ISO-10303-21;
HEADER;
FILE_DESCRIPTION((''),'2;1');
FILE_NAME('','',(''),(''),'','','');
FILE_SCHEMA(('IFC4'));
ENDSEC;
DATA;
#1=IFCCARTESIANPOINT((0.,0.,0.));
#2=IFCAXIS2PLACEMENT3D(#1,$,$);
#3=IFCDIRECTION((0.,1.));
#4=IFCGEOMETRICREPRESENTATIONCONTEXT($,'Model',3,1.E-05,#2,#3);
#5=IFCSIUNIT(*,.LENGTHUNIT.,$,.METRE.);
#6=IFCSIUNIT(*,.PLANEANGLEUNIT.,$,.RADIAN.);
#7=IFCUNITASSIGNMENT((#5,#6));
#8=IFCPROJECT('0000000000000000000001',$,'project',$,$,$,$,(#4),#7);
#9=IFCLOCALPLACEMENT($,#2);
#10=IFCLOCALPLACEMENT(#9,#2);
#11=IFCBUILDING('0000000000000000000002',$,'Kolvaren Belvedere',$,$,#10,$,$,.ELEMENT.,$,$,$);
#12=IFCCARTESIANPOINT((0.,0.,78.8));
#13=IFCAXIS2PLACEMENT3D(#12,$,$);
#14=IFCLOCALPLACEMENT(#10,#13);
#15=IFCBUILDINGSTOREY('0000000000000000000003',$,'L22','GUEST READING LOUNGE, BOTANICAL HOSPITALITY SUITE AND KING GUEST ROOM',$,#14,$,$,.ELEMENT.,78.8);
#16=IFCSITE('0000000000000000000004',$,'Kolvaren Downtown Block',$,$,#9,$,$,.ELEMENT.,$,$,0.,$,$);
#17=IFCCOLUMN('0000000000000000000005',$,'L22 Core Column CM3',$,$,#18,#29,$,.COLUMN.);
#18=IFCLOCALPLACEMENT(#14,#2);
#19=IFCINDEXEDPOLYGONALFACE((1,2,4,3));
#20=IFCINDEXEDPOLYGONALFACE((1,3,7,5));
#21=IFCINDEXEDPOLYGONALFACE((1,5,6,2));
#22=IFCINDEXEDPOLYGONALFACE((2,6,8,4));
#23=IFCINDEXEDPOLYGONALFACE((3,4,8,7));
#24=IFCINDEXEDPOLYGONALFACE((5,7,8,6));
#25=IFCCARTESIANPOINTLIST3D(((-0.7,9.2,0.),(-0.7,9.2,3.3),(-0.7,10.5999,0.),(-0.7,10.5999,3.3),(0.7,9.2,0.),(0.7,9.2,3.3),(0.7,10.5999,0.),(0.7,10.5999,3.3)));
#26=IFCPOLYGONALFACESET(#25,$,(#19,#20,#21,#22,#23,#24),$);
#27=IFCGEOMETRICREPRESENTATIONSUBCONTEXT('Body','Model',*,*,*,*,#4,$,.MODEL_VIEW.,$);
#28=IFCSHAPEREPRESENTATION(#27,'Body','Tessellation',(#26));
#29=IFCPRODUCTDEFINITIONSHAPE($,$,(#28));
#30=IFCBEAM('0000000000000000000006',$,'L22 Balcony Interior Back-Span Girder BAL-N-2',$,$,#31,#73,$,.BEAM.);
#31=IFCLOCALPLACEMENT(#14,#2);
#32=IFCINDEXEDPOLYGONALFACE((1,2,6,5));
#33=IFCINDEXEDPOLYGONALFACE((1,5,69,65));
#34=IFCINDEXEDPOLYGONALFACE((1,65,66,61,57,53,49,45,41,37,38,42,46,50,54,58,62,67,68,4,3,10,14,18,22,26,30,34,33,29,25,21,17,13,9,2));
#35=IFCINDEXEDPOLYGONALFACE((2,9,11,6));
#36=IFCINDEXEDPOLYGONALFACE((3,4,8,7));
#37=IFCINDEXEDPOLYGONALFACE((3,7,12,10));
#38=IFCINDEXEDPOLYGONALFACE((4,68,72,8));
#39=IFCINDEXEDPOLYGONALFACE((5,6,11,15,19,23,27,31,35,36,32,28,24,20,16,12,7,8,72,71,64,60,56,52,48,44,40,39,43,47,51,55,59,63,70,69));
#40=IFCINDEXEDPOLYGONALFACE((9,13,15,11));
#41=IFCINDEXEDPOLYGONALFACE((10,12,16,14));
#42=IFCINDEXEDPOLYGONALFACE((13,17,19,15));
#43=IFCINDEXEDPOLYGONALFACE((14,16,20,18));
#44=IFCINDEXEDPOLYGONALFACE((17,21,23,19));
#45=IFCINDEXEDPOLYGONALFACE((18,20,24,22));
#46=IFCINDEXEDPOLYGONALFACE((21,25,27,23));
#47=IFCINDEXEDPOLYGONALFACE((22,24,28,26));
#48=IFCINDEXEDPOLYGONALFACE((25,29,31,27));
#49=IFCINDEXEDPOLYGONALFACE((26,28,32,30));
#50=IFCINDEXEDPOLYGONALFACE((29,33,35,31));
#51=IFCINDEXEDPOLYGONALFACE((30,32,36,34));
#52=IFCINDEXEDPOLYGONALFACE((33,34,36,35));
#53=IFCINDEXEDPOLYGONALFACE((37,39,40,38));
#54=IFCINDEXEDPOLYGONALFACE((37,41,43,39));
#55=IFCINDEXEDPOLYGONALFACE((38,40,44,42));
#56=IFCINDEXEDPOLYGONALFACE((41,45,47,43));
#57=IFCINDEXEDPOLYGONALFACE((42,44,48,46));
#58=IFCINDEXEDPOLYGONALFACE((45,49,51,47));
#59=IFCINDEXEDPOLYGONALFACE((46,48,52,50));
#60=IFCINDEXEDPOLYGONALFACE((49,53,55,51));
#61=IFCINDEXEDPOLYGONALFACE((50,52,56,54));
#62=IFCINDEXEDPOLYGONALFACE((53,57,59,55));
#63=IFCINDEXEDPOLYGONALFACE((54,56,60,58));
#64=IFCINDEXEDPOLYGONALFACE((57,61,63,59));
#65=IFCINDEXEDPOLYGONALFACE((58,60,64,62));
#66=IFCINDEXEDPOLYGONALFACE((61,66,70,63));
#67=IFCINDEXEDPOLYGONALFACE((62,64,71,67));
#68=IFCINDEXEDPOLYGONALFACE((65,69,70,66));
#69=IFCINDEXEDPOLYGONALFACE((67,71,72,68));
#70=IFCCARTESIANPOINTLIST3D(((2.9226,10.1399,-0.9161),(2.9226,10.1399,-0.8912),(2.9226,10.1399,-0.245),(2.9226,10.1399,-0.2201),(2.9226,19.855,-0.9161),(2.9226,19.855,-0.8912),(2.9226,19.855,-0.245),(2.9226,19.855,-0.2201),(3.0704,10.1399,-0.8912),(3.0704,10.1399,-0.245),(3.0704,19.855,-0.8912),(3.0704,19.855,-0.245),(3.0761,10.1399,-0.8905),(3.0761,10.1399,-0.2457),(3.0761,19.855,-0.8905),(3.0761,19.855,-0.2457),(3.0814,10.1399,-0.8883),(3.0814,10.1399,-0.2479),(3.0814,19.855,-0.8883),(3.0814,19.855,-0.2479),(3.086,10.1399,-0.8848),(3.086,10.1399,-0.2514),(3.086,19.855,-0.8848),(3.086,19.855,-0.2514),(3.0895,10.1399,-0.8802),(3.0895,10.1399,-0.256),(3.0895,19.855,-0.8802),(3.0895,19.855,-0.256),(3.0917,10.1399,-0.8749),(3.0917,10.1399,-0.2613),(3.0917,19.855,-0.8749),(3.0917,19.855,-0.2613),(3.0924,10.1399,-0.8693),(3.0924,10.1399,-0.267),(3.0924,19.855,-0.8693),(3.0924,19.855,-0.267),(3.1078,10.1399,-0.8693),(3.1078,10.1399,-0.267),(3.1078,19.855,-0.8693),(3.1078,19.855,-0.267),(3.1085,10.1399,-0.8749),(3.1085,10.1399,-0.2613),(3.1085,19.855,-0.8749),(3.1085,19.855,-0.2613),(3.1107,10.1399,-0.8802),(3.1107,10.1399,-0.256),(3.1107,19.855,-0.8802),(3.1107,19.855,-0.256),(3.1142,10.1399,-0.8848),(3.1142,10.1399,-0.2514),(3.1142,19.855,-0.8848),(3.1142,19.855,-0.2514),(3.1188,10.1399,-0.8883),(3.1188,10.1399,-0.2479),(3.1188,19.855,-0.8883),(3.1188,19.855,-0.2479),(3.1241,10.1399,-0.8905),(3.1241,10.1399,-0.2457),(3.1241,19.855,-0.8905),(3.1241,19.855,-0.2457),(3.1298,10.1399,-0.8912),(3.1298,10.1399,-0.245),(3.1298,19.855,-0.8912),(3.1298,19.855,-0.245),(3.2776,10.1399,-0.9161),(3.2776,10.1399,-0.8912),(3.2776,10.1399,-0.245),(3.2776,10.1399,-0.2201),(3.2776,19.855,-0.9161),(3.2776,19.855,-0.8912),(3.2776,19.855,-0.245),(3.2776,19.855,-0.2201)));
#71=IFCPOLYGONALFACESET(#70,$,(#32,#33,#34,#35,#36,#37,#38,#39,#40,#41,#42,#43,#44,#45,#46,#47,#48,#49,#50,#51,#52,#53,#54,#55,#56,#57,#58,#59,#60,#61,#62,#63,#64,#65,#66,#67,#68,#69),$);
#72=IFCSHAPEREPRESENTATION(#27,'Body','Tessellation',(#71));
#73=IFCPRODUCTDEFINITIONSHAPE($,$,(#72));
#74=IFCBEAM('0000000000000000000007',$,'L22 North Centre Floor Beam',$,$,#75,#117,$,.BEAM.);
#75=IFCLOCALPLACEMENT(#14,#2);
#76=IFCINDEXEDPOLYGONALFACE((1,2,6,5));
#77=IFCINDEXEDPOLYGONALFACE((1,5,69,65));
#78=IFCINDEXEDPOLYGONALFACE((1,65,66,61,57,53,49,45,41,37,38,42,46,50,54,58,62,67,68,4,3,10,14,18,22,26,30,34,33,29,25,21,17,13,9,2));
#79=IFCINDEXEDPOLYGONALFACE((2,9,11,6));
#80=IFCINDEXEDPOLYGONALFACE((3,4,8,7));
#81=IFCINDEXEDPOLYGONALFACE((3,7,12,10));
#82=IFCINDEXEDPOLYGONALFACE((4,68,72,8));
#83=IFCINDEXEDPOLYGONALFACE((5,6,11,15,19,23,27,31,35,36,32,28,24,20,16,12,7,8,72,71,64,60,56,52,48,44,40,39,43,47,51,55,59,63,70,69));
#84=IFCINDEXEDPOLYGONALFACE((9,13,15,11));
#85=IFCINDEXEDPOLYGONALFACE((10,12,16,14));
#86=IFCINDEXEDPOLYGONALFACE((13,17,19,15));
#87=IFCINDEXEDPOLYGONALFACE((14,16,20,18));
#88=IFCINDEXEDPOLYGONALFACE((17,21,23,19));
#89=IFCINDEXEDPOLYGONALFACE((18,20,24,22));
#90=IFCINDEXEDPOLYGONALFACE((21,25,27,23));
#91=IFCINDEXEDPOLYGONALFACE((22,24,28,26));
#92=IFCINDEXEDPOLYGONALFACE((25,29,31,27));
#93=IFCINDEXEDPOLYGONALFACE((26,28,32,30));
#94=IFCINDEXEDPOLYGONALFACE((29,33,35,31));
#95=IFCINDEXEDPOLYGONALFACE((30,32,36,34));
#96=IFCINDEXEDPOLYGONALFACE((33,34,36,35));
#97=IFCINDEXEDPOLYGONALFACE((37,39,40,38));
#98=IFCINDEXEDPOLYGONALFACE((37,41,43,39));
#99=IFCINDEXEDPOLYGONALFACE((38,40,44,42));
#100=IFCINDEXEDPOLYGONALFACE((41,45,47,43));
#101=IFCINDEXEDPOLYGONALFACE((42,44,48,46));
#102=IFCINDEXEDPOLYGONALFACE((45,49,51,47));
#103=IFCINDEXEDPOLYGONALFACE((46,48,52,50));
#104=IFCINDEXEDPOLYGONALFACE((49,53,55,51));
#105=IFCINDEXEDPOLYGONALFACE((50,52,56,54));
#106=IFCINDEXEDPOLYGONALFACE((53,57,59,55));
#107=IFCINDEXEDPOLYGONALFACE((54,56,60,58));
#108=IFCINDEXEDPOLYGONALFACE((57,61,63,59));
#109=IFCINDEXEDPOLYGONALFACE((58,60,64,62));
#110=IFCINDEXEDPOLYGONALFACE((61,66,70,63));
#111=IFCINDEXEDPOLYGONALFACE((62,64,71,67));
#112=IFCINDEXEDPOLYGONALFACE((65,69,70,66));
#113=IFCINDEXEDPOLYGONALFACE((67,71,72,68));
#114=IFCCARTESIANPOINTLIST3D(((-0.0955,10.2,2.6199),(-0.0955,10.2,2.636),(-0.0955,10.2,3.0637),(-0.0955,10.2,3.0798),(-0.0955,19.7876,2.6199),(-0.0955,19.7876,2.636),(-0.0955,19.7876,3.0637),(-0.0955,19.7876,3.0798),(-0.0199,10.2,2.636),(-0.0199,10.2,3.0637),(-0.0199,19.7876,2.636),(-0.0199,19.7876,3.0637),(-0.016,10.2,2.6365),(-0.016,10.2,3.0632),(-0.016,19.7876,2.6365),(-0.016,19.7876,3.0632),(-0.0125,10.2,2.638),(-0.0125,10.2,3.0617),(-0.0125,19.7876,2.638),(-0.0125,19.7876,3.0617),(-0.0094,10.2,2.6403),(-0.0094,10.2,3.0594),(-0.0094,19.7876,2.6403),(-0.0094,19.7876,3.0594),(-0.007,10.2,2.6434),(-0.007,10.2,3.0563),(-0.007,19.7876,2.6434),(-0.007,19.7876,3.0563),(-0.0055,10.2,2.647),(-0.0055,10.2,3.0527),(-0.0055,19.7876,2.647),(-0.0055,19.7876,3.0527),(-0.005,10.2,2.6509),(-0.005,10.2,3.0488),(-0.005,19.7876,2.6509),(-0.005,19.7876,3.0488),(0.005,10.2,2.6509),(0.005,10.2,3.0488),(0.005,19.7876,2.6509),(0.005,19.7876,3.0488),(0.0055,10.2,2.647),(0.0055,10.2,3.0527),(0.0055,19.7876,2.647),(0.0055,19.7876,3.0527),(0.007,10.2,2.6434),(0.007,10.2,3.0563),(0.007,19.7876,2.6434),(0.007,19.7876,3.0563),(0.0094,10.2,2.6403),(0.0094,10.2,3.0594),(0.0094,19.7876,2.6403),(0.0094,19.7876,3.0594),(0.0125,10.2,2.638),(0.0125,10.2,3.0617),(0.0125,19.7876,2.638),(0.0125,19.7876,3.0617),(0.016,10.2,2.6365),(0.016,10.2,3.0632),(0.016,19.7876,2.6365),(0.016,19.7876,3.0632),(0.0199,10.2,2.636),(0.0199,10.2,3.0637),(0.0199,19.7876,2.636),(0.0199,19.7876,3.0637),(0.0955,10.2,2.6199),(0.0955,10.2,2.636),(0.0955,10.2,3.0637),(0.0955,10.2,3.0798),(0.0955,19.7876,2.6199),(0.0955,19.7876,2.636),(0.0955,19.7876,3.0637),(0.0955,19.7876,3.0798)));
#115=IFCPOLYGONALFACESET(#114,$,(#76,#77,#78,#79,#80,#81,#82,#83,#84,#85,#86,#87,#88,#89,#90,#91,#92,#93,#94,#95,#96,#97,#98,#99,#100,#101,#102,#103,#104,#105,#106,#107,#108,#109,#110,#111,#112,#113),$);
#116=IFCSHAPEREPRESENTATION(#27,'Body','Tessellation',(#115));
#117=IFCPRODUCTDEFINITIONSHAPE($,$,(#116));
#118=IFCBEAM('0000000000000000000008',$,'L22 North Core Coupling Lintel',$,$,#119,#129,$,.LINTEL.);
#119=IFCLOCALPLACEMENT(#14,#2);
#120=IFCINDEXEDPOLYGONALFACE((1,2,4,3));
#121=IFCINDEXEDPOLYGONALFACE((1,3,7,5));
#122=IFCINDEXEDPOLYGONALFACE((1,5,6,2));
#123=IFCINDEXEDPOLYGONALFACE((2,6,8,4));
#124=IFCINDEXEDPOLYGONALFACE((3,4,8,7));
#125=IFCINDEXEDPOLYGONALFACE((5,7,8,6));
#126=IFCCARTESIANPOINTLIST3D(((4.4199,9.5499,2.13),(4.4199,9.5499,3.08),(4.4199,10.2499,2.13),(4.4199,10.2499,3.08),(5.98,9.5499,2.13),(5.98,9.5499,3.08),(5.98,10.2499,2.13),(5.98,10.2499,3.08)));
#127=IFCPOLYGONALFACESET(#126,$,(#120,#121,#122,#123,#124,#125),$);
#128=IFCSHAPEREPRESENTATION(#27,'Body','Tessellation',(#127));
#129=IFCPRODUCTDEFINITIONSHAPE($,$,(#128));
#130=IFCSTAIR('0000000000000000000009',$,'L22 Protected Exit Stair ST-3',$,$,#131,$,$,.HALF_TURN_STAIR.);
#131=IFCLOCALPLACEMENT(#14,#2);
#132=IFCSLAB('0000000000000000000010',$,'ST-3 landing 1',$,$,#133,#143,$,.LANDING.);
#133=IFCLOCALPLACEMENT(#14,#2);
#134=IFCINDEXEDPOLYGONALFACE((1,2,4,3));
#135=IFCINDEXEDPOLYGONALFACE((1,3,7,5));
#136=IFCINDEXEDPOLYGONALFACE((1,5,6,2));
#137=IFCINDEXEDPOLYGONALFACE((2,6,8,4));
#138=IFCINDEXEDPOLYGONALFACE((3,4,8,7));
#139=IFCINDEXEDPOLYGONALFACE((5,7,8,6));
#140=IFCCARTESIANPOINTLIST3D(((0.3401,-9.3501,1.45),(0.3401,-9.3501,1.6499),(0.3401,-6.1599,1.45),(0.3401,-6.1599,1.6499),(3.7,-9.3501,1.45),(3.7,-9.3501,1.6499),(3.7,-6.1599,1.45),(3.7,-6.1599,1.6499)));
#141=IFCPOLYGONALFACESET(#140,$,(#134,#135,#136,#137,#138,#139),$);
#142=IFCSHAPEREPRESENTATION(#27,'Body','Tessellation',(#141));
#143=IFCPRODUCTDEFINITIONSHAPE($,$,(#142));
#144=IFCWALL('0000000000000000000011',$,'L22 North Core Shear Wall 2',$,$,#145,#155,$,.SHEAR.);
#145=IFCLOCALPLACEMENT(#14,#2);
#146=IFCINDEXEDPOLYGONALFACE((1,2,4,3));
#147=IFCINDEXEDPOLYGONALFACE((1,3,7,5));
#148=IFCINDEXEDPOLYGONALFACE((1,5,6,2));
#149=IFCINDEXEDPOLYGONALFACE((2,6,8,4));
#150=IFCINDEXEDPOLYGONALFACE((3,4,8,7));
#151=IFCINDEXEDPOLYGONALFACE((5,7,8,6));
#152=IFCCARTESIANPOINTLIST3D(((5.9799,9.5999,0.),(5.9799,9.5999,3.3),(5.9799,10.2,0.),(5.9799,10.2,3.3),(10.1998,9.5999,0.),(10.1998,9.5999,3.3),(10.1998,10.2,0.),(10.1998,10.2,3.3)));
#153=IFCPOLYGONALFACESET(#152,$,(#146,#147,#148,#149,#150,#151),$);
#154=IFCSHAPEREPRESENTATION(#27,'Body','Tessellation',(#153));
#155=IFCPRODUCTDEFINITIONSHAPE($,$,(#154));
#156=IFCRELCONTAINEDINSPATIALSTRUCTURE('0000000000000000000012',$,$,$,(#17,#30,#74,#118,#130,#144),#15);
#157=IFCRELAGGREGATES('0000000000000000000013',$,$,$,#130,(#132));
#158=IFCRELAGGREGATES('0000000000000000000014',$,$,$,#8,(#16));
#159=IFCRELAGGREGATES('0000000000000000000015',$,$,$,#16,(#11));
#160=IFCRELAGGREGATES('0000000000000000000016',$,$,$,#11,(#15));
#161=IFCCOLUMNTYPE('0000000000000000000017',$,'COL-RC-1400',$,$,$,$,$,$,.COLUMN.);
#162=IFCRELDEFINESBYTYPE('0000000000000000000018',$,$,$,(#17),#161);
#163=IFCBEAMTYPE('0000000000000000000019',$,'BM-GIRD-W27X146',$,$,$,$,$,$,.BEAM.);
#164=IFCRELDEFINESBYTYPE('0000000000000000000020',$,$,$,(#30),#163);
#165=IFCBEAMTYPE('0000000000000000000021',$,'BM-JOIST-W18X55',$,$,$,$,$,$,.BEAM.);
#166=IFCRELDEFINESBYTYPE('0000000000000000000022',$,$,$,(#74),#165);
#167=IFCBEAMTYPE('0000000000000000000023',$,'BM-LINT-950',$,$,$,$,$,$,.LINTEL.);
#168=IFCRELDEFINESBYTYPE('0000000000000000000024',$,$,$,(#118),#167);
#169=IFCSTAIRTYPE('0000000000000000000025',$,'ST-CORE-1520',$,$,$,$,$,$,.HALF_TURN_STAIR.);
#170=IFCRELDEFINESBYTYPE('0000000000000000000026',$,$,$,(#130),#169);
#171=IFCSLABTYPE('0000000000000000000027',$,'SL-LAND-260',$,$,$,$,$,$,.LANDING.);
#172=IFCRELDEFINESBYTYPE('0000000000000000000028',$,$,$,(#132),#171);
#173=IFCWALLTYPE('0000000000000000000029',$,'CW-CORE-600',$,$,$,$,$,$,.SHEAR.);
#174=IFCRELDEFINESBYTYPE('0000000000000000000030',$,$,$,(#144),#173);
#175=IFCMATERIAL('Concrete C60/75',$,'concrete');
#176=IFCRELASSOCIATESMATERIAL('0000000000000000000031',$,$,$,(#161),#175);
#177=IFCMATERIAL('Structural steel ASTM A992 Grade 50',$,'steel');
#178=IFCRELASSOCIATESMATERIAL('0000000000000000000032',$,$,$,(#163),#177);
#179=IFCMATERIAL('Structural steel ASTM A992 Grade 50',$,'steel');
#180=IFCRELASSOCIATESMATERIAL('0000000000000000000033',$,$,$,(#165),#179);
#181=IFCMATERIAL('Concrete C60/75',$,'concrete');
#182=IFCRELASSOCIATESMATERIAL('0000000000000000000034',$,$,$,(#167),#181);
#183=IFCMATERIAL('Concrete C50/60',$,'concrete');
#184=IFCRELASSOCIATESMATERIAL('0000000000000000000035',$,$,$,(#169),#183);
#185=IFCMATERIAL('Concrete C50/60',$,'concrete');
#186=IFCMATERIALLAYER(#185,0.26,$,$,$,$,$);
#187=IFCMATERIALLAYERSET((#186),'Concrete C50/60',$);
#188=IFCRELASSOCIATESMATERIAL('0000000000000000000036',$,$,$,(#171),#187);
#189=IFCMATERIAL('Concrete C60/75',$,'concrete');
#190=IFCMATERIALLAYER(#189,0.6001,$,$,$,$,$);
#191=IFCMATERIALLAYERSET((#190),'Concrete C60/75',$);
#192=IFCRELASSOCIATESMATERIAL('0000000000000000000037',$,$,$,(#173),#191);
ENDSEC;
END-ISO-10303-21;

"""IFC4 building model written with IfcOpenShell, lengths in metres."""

from ifc_helpers import new_model, si_unit, direction, frame, frame_2d, origin, origin_2d, place, context, subcontext, project, spatial, polyline, rectangle, i_section, outline, extrude, material, layer, layer_set, material_profile, profile_set, type_object, element, aggregate, save


model = new_model("IFC4")

# Units and contexts
model_context = context("Model", 3, precision=1e-05, world=origin(), true_north=direction((0.0, 1.0)))
body_context = subcontext(model_context, "Body", "Model", "MODEL_VIEW")
ifc_project = project(units=[si_unit("LENGTHUNIT", "METRE"), si_unit("PLANEANGLEUNIT", "RADIAN")], contexts=[model_context])

# Site, building, storey
site_placement = place(None, origin())
site = spatial("IfcSite", under=ifc_project, at=site_placement, Name="Kolvaren Downtown Block", CompositionType="ELEMENT", RefElevation=0.0)
building_placement = place(site_placement, origin())
building = spatial("IfcBuilding", under=site, at=building_placement, Name="Kolvaren Belvedere", CompositionType="ELEMENT")
storey_placement = place(building_placement, frame((0.0, 0.0, 78.8)))
storey = spatial("IfcBuildingStorey", under=building, at=storey_placement, Name="L22", Description="GUEST READING LOUNGE, BOTANICAL HOSPITALITY SUITE AND KING GUEST ROOM", CompositionType="ELEMENT", Elevation=78.8)

# Column
ifc_material_1 = material(Name="Concrete C60/75", Category="concrete")
ifc_material_profile_1 = material_profile(ifc_material_1, rectangle(XDim=1.3999, YDim=1.3999, at=origin_2d()), Name="RC 1400X1400")
ifc_profile_set_1 = profile_set([ifc_material_profile_1], Name="Concrete C60/75")
column_type = type_object("IfcColumnType", Name="COL-RC-1400", PredefinedType="COLUMN", material=ifc_profile_set_1)
column_placement = place(storey_placement, frame((0.0, 9.8999, 0.0), z_axis=(0.0, 0.0, 1.0), x_axis=(1.0, 0.0, 0.0)))
element("IfcColumn", 1, at=column_placement, inside=storey, type_object=column_type, Name="L22 Core Column CM3", PredefinedType="COLUMN", context=body_context, shape_type="SweptSolid", body=[
    extrude(rectangle(XDim=1.3999, YDim=1.3999, at=origin_2d()), origin(), (0.0, 0.0, 1.0), 3.3),
])

# Beams
ifc_material_2 = material(Name="Structural steel ASTM A992 Grade 50", Category="steel")
ifc_material_profile_2 = material_profile(ifc_material_2, i_section(OverallWidth=0.355, OverallDepth=0.696, WebThickness=0.0154, FlangeThickness=0.0249, FilletRadius=0.022, at=origin_2d()), Name="W27X146")
ifc_profile_set_2 = profile_set([ifc_material_profile_2], Name="Structural steel ASTM A992 Grade 50")
beam_type_1 = type_object("IfcBeamType", Name="BM-GIRD-W27X146", PredefinedType="BEAM", material=ifc_profile_set_2)
beam_1_placement = place(storey_placement, frame((3.1001, 10.1399, -0.5681), z_axis=(0.0, 1.0, 0.0), x_axis=(-1.0, 0.0, 0.0)))
element("IfcBeam", 2, at=beam_1_placement, inside=storey, type_object=beam_type_1, Name="L22 Balcony Interior Back-Span Girder BAL-N-2", PredefinedType="BEAM", context=body_context, shape_type="SweptSolid", body=[
    extrude(i_section(OverallWidth=0.355, OverallDepth=0.696, WebThickness=0.0154, FlangeThickness=0.0249, FilletRadius=0.022, at=origin_2d()), origin(), (0.0, 0.0, 1.0), 9.7151),
])
ifc_material_3 = material(Name="Structural steel ASTM A992 Grade 50", Category="steel")
ifc_material_profile_3 = material_profile(ifc_material_3, i_section(OverallWidth=0.1909, OverallDepth=0.46, WebThickness=0.01, FlangeThickness=0.0161, FilletRadius=0.0149, at=origin_2d()), Name="W18X55")
ifc_profile_set_3 = profile_set([ifc_material_profile_3], Name="Structural steel ASTM A992 Grade 50")
beam_type_2 = type_object("IfcBeamType", Name="BM-JOIST-W18X55", PredefinedType="BEAM", material=ifc_profile_set_3)
beam_2_placement = place(storey_placement, frame((0.0, 10.2, 2.8499), z_axis=(0.0, 1.0, 0.0), x_axis=(-1.0, 0.0, 0.0)))
element("IfcBeam", 3, at=beam_2_placement, inside=storey, type_object=beam_type_2, Name="L22 North Centre Floor Beam", PredefinedType="BEAM", context=body_context, shape_type="SweptSolid", body=[
    extrude(i_section(OverallWidth=0.1909, OverallDepth=0.46, WebThickness=0.01, FlangeThickness=0.0161, FilletRadius=0.0149, at=origin_2d()), origin(), (0.0, 0.0, 1.0), 9.5876),
])
ifc_material_4 = material(Name="Concrete C60/75", Category="concrete")
ifc_material_profile_4 = material_profile(ifc_material_4, rectangle(XDim=0.7, YDim=0.95, at=origin_2d()), Name="RC 700X950")
ifc_profile_set_4 = profile_set([ifc_material_profile_4], Name="Concrete C60/75")
beam_type_3 = type_object("IfcBeamType", Name="BM-LINT-950", PredefinedType="LINTEL", material=ifc_profile_set_4)
beam_3_placement = place(storey_placement, frame((4.4199, 9.8999, 2.605), z_axis=(1.0, 0.0, 0.0), x_axis=(0.0, 1.0, 0.0)))
element("IfcBeam", 4, at=beam_3_placement, inside=storey, type_object=beam_type_3, Name="L22 North Core Coupling Lintel", PredefinedType="LINTEL", context=body_context, shape_type="SweptSolid", body=[
    extrude(rectangle(XDim=0.7, YDim=0.95, at=origin_2d()), origin(), (0.0, 0.0, 1.0), 1.5601),
])

# Stair, slab
ifc_material_5 = material(Name="Concrete C50/60", Category="concrete")
stair_type = type_object("IfcStairType", Name="ST-CORE-1520", PredefinedType="HALF_TURN_STAIR", material=ifc_material_5)
stair_1_placement = place(storey_placement, origin())
stair_1 = element("IfcStair", 5, at=stair_1_placement, inside=storey, type_object=stair_type, Name="L22 Protected Exit Stair ST-3", PredefinedType="HALF_TURN_STAIR")
ifc_material_6 = material(Name="Concrete C50/60", Category="concrete")
ifc_layer_1 = layer(ifc_material_6, 0.26)
ifc_layer_set_1 = layer_set([ifc_layer_1], Name="Concrete C50/60")
slab_type = type_object("IfcSlabType", Name="SL-LAND-260", PredefinedType="LANDING", material=ifc_layer_set_1)
slab_placement = place(storey_placement, frame((0.0, 0.0, 1.45)))
slab = element("IfcSlab", 6, at=slab_placement, type_object=slab_type, Name="ST-3 landing 1", PredefinedType="LANDING", context=body_context, shape_type="SweptSolid", body=[
    extrude(outline(polyline([(0.3401, -9.3501), (3.7, -9.3501), (3.7, -6.1599), (0.3401, -6.1599), (0.3401, -9.3501)])), origin(), (0.0, 0.0, 1.0), 0.2),
])
aggregate(stair_1, [slab])

# Wall
ifc_material_7 = material(Name="Concrete C60/75", Category="concrete")
ifc_layer_2 = layer(ifc_material_7, 0.6001)
ifc_layer_set_2 = layer_set([ifc_layer_2], Name="Concrete C60/75")
wall_type_1 = type_object("IfcWallType", Name="CW-CORE-600", PredefinedType="SHEAR", material=ifc_layer_set_2)
wall_1_placement = place(storey_placement, frame((5.98, 9.8999, 0.0), z_axis=(0.0, 0.0, 1.0), x_axis=(1.0, 0.0, 0.0)))
element("IfcWall", 7, at=wall_1_placement, inside=storey, type_object=wall_type_1, Name="L22 North Core Shear Wall 2", PredefinedType="SHEAR", context=body_context, shape_type="SweptSolid", body=[
    extrude(rectangle(XDim=4.22, YDim=0.6001, at=frame_2d((2.1099, 0.0))), origin(), (0.0, 0.0, 1.0), 3.3),
])

save(model, "model.ifc")
